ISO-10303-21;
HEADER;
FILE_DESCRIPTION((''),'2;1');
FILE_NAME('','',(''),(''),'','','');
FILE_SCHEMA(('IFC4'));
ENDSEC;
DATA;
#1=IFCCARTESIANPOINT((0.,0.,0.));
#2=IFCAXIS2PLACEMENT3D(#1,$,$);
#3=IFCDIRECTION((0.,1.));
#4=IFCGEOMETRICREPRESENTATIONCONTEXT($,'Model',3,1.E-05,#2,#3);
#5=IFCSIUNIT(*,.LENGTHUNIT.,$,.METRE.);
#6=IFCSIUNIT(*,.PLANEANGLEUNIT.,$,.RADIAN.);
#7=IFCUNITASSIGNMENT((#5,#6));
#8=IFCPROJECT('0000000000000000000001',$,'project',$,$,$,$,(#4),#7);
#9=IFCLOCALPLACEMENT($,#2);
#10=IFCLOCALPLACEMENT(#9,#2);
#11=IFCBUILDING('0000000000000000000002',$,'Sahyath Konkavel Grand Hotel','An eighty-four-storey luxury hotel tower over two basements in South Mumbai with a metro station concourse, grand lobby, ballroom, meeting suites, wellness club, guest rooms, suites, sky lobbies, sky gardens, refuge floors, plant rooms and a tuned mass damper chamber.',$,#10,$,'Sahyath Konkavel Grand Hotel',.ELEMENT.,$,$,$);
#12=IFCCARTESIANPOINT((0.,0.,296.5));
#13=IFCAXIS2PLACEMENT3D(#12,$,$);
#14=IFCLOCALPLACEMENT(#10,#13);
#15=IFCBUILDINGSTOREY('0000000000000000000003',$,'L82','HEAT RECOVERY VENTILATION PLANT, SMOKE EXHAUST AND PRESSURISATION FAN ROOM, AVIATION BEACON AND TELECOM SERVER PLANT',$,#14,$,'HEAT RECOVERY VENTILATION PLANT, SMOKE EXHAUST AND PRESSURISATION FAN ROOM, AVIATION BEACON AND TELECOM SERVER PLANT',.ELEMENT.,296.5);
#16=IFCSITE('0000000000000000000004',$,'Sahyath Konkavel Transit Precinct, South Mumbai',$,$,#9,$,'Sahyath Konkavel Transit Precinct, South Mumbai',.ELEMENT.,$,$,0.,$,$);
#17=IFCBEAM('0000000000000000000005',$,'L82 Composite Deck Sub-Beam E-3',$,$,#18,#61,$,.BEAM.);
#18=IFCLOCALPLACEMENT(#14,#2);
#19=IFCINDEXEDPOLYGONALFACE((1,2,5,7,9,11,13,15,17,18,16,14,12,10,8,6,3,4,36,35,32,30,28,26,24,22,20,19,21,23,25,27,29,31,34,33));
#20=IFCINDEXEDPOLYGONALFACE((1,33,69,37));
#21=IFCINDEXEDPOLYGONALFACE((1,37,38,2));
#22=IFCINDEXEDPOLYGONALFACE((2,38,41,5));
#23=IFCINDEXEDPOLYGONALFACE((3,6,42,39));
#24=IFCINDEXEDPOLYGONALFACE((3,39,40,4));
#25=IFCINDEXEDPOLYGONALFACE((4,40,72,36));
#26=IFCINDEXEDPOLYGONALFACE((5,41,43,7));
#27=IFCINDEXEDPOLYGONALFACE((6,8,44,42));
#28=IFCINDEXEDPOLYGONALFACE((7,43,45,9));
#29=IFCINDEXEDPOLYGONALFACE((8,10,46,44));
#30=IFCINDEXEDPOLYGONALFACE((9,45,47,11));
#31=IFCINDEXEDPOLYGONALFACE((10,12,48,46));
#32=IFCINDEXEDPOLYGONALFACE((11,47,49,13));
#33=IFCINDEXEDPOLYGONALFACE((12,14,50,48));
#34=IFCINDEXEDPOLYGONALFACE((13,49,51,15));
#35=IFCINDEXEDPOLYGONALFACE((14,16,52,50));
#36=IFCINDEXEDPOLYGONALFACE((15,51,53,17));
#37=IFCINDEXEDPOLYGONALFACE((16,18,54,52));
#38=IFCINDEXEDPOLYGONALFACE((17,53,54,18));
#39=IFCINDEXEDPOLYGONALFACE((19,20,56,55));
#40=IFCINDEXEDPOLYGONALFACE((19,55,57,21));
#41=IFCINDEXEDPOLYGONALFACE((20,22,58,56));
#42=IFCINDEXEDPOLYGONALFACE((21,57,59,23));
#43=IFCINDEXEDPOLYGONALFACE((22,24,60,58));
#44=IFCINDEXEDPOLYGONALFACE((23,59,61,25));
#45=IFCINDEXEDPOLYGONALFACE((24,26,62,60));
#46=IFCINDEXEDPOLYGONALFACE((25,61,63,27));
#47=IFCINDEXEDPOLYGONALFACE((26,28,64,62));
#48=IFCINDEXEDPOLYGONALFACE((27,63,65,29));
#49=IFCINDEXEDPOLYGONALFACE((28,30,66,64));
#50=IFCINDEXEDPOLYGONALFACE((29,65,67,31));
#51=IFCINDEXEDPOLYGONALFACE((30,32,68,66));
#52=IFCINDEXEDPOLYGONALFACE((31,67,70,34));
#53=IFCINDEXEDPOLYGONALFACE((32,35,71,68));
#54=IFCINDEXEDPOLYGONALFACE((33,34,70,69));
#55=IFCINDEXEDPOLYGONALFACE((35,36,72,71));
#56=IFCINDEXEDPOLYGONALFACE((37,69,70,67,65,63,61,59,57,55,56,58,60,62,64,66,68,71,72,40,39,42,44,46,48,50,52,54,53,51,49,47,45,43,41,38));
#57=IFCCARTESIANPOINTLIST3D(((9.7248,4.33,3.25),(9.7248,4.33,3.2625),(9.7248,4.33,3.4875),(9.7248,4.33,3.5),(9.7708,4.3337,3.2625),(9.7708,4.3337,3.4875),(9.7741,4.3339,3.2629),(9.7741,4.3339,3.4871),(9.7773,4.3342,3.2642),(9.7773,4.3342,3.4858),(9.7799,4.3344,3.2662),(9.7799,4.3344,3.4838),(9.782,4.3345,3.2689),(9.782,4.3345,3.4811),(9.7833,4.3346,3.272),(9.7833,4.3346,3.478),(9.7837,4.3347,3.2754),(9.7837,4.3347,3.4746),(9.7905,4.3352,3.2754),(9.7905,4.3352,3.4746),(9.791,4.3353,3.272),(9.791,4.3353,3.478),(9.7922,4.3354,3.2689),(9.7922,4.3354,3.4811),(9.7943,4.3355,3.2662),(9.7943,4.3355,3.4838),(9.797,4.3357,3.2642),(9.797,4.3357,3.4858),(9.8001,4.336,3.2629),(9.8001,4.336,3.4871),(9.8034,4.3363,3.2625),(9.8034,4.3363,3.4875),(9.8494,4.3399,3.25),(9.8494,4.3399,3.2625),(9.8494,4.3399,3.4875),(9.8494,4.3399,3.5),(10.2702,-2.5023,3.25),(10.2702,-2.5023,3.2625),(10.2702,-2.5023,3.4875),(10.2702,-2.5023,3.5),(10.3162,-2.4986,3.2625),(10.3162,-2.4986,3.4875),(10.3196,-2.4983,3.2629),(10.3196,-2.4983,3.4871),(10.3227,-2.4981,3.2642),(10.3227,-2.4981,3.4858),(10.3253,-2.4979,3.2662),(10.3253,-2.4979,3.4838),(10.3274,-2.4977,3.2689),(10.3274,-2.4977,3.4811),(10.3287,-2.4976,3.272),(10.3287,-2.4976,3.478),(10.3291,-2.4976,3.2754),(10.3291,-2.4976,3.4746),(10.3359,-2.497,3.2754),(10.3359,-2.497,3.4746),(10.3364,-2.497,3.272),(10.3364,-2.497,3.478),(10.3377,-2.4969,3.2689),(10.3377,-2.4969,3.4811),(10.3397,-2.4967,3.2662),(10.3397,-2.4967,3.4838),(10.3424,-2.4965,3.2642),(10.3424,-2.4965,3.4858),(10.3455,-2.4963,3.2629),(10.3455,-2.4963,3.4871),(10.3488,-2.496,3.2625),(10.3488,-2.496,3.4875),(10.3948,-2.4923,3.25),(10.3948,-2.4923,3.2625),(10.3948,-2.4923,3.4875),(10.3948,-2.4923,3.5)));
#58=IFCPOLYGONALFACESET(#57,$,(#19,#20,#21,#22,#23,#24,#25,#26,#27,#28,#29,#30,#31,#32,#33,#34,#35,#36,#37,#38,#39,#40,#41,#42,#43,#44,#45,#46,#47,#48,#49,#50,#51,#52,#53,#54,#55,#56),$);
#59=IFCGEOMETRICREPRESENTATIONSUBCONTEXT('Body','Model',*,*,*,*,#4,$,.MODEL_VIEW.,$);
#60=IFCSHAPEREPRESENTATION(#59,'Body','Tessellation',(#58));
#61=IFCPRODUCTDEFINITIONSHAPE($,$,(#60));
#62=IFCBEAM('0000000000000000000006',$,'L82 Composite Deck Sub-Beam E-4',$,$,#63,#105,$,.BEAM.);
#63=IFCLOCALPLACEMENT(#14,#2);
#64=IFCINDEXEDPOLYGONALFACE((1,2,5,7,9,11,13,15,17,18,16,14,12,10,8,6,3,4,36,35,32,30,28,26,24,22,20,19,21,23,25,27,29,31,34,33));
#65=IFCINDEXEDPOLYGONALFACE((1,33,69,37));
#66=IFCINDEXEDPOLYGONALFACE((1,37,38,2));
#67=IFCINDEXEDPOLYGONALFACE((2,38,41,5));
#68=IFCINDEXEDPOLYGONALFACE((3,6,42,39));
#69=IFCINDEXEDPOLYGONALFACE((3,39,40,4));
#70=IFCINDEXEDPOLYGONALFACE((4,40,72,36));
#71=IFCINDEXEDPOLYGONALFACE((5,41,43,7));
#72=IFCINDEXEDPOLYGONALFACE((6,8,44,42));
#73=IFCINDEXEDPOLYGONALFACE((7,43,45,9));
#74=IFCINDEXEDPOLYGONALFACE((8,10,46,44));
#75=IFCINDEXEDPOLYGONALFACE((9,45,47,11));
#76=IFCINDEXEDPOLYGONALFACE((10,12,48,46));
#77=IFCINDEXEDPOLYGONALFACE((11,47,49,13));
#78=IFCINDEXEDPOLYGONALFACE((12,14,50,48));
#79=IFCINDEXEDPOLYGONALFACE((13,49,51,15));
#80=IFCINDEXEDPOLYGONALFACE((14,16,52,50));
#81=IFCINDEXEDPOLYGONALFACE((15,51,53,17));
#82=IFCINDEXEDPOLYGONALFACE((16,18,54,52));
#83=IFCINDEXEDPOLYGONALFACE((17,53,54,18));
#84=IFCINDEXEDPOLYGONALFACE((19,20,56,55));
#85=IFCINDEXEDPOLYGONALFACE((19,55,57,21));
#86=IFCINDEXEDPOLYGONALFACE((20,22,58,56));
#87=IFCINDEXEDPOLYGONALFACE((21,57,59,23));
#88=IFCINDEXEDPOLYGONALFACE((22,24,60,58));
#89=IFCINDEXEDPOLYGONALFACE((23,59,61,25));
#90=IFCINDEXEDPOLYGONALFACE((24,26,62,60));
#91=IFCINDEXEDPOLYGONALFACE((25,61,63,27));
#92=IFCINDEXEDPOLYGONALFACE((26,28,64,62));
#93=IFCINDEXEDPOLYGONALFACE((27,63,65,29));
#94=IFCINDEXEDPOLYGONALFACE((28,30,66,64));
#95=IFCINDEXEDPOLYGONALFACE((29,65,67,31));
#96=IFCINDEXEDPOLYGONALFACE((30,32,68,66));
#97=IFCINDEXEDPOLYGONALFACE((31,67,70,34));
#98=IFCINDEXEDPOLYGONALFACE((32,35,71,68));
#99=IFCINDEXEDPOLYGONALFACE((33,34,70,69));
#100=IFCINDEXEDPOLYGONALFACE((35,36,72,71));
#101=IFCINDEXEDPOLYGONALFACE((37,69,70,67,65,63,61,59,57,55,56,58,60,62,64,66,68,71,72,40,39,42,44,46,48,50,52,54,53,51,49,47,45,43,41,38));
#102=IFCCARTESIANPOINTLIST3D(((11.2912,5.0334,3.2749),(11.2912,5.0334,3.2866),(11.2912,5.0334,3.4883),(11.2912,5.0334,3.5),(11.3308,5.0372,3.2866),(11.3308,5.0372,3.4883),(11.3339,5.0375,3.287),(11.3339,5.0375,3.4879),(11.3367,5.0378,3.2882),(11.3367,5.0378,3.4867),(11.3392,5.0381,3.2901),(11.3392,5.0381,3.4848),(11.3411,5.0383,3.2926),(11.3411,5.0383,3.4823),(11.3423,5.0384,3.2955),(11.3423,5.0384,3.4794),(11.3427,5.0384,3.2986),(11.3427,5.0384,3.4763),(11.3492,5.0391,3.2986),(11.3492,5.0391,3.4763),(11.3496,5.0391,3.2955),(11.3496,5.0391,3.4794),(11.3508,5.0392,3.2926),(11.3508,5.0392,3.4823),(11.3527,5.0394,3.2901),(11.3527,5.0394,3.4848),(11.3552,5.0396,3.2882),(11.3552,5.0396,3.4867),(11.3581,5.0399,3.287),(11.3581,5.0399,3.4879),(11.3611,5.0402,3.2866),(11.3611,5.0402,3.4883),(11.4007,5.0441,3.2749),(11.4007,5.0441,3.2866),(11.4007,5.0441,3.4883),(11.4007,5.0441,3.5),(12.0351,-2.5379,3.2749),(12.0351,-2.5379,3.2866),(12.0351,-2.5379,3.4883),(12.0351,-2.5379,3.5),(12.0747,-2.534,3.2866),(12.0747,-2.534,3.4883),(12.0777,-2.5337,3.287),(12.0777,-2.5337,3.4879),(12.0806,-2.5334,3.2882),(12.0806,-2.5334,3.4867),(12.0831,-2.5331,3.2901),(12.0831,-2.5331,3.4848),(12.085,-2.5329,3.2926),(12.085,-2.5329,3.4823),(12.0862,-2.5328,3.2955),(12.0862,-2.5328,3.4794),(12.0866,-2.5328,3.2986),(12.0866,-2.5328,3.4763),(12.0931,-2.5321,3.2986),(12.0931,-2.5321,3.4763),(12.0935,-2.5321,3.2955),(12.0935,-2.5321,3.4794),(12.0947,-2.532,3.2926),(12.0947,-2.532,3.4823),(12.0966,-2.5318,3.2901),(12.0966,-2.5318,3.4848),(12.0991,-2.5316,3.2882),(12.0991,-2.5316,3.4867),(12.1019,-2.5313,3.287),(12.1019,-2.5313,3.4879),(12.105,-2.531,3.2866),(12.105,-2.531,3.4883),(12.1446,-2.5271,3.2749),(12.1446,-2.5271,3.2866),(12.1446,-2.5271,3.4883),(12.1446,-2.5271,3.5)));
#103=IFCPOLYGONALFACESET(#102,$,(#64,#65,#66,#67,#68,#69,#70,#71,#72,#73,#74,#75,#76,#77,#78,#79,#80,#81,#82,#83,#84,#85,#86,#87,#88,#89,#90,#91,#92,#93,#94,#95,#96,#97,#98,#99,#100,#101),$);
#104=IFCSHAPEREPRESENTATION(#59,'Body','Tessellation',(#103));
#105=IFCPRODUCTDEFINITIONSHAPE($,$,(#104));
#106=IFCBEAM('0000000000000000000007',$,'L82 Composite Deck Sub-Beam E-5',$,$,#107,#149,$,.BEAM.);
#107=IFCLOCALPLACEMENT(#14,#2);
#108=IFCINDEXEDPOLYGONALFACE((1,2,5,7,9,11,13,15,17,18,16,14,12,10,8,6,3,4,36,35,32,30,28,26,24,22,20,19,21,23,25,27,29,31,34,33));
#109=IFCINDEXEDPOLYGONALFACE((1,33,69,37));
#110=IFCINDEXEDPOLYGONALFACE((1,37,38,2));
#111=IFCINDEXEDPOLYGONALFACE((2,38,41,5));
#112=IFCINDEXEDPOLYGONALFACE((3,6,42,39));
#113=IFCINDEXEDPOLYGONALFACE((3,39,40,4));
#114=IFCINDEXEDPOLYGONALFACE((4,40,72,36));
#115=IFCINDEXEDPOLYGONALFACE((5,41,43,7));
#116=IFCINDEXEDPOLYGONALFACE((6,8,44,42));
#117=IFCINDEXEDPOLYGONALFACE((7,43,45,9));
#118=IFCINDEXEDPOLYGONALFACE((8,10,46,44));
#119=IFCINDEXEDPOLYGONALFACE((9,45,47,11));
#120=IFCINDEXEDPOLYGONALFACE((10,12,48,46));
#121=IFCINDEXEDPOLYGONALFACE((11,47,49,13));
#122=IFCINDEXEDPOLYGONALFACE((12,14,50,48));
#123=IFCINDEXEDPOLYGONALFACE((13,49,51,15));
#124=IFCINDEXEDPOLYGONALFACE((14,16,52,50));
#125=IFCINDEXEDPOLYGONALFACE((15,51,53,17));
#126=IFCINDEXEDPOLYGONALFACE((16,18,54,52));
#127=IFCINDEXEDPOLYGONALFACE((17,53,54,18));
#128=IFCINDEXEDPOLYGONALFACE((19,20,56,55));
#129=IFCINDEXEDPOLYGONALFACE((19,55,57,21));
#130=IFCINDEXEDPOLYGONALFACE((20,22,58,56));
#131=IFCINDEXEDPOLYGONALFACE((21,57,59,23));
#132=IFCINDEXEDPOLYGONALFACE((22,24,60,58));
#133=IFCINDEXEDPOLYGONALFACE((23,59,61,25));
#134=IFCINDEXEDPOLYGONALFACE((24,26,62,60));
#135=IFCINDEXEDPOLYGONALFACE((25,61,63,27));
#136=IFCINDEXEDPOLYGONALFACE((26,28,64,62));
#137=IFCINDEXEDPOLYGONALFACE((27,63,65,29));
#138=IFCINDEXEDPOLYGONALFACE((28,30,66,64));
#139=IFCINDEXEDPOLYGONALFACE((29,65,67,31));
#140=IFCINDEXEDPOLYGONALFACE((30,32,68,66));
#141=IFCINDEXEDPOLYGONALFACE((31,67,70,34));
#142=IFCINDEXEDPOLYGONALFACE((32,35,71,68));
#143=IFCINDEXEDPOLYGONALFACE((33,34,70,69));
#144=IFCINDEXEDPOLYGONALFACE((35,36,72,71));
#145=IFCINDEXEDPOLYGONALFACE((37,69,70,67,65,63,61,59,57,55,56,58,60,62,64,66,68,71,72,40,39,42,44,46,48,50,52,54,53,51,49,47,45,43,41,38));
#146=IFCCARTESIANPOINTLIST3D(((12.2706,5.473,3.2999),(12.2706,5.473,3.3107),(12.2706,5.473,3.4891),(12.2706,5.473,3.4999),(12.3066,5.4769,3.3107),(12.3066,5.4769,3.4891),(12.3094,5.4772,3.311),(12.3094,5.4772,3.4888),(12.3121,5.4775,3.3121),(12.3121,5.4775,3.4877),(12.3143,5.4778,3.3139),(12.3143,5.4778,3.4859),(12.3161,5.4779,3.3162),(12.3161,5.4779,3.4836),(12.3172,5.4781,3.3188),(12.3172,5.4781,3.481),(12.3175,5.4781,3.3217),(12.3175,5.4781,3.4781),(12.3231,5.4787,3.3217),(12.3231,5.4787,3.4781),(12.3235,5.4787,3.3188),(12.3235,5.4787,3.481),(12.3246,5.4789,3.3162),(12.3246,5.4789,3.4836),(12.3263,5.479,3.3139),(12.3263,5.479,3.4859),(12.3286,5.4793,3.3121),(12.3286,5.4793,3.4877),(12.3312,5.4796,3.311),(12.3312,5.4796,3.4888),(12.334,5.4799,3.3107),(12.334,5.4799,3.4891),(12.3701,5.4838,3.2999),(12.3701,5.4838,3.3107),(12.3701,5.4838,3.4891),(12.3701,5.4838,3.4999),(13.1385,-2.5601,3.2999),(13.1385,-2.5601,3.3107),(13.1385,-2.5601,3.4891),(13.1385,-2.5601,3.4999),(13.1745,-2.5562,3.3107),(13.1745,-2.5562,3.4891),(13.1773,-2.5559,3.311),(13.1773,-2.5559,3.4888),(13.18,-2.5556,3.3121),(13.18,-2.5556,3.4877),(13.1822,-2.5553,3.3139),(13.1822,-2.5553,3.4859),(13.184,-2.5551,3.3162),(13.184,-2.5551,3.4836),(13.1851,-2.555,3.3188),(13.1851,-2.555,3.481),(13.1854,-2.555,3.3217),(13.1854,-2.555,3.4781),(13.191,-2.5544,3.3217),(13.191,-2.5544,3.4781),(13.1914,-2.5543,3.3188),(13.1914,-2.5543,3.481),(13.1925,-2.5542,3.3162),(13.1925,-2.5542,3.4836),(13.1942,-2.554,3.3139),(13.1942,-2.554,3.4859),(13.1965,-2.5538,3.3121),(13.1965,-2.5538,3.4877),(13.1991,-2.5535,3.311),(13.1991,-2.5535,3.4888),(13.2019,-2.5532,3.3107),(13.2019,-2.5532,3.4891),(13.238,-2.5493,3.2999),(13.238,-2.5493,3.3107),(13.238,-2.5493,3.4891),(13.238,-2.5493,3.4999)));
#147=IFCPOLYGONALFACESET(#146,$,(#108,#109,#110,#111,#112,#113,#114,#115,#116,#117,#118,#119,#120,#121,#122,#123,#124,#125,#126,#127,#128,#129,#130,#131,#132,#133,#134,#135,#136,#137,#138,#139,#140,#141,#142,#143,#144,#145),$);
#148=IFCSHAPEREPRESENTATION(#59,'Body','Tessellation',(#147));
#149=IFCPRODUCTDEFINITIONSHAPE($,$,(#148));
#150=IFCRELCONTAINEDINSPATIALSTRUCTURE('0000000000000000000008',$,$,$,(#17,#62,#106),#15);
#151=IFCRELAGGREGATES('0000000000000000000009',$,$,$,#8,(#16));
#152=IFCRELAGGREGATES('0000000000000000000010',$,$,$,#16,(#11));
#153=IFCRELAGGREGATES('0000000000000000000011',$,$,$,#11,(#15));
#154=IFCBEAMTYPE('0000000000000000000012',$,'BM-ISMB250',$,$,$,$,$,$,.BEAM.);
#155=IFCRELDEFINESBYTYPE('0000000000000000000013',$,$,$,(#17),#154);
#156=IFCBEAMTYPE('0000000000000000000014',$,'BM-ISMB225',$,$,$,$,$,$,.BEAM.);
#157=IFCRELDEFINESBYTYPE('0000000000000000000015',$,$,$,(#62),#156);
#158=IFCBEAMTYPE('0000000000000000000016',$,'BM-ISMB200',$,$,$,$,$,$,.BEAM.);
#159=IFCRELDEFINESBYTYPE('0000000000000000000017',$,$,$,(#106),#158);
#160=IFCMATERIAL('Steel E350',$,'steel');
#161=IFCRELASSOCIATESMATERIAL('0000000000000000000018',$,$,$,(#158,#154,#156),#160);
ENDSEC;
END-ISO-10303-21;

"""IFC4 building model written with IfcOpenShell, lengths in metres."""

from ifc_helpers import new_model, si_unit, direction, frame, origin, origin_2d, place, context, subcontext, project, spatial, i_section, extrude, source, transform, mapped, material, material_profile, profile_set, type_object, element, save


model = new_model("IFC4")

# Units and contexts
model_context = context("Model", 3, precision=1e-05, world=origin(), true_north=direction((0.0, 1.0)))
body_context = subcontext(model_context, "Body", "Model", "MODEL_VIEW")
ifc_project = project(units=[si_unit("LENGTHUNIT", "METRE"), si_unit("PLANEANGLEUNIT", "RADIAN")], contexts=[model_context])

# Site, building, storey
site_placement = place(None, origin())
site = spatial("IfcSite", under=ifc_project, at=site_placement, Name="Sahyath Konkavel Transit Precinct, South Mumbai", LongName="Sahyath Konkavel Transit Precinct, South Mumbai", CompositionType="ELEMENT", RefElevation=0.0)
building_placement = place(site_placement, origin())
building = spatial("IfcBuilding", under=site, at=building_placement, Name="Sahyath Konkavel Grand Hotel", Description="An eighty-four-storey luxury hotel tower over two basements in South Mumbai with a metro station concourse, grand lobby, ballroom, meeting suites, wellness club, guest rooms, suites, sky lobbies, sky gardens, refuge floors, plant rooms and a tuned mass damper chamber.", LongName="Sahyath Konkavel Grand Hotel", CompositionType="ELEMENT")
storey_placement = place(building_placement, frame((0.0, 0.0, 296.5)))
storey = spatial("IfcBuildingStorey", under=building, at=storey_placement, Name="L82", Description="HEAT RECOVERY VENTILATION PLANT, SMOKE EXHAUST AND PRESSURISATION FAN ROOM, AVIATION BEACON AND TELECOM SERVER PLANT", LongName="HEAT RECOVERY VENTILATION PLANT, SMOKE EXHAUST AND PRESSURISATION FAN ROOM, AVIATION BEACON AND TELECOM SERVER PLANT", CompositionType="ELEMENT", Elevation=296.5)

# Beams
ifc_material_1 = material(Name="Steel E350", Category="steel")
ifc_material_profile_1 = material_profile(ifc_material_1, i_section(OverallWidth=0.1001, OverallDepth=0.2, WebThickness=0.0056, FlangeThickness=0.0107, FilletRadius=0.011, at=origin_2d()), Name="ISMB 200")
ifc_profile_set_1 = profile_set([ifc_material_profile_1], Name="Steel E350")
beam_type_1 = type_object("IfcBeamType", Name="BM-ISMB200", PredefinedType="BEAM", material=ifc_profile_set_1)
ifc_material_profile_2 = material_profile(ifc_material_1, i_section(OverallWidth=0.125, OverallDepth=0.25, WebThickness=0.0068, FlangeThickness=0.0125, FilletRadius=0.0129, at=origin_2d()), Name="ISMB 250")
ifc_profile_set_2 = profile_set([ifc_material_profile_2], Name="Steel E350")
beam_type_2 = type_object("IfcBeamType", Name="BM-ISMB250", PredefinedType="BEAM", material=ifc_profile_set_2)
shared_shape_1 = source(origin(), body_context, "Body", "SweptSolid", [
    extrude(i_section(OverallWidth=0.125, OverallDepth=0.25, WebThickness=0.0068, FlangeThickness=0.0125, FilletRadius=0.0129, at=origin_2d()), origin(), (0.0, 0.0, 1.0), 6.854),
])
beam_1_placement = place(storey_placement, frame((10.3325, -2.4973, 3.375), z_axis=(-0.079575, 0.996829, 0.0), x_axis=(-0.996829, -0.079575, 0.0)))
element("IfcBeam", 1, at=beam_1_placement, inside=storey, type_object=beam_type_2, Name="L82 Composite Deck Sub-Beam E-3", PredefinedType="BEAM", context=body_context, shape_type="MappedRepresentation", body=[
    mapped(shared_shape_1, transform((0.0, 0.0, 0.0), scale=1.0)),
])
ifc_material_profile_3 = material_profile(ifc_material_1, i_section(OverallWidth=0.1101, OverallDepth=0.2251, WebThickness=0.0066, FlangeThickness=0.0117, FilletRadius=0.012, at=origin_2d()), Name="ISMB 225")
ifc_profile_set_3 = profile_set([ifc_material_profile_3], Name="Steel E350")
beam_type_3 = type_object("IfcBeamType", Name="BM-ISMB225", PredefinedType="BEAM", material=ifc_profile_set_3)
shared_shape_2 = source(origin(), body_context, "Body", "SweptSolid", [
    extrude(i_section(OverallWidth=0.1101, OverallDepth=0.2251, WebThickness=0.0066, FlangeThickness=0.0117, FilletRadius=0.012, at=origin_2d()), origin(), (0.0, 0.0, 1.0), 7.6077),
])
beam_2_placement = place(storey_placement, frame((12.0898, -2.5325, 3.3875), z_axis=(-0.097781, 0.995208, 0.0), x_axis=(-0.995208, -0.097781, 0.0)))
element("IfcBeam", 2, at=beam_2_placement, inside=storey, type_object=beam_type_3, Name="L82 Composite Deck Sub-Beam E-4", PredefinedType="BEAM", context=body_context, shape_type="MappedRepresentation", body=[
    mapped(shared_shape_2, transform((0.0, 0.0, 0.0), scale=1.0)),
])
shared_shape_3 = source(origin(), body_context, "Body", "SweptSolid", [
    extrude(i_section(OverallWidth=0.1001, OverallDepth=0.2, WebThickness=0.0056, FlangeThickness=0.0107, FilletRadius=0.011, at=origin_2d()), origin(), (0.0, 0.0, 1.0), 8.0798),
])
beam_3_placement = place(storey_placement, frame((13.1882, -2.5547, 3.3999), z_axis=(-0.107416, 0.994214, 0.0), x_axis=(-0.994214, -0.107416, 0.0)))
element("IfcBeam", 3, at=beam_3_placement, inside=storey, type_object=beam_type_1, Name="L82 Composite Deck Sub-Beam E-5", PredefinedType="BEAM", context=body_context, shape_type="MappedRepresentation", body=[
    mapped(shared_shape_3, transform((0.0, 0.0, 0.0), scale=1.0)),
])

save(model, "model.ifc")
